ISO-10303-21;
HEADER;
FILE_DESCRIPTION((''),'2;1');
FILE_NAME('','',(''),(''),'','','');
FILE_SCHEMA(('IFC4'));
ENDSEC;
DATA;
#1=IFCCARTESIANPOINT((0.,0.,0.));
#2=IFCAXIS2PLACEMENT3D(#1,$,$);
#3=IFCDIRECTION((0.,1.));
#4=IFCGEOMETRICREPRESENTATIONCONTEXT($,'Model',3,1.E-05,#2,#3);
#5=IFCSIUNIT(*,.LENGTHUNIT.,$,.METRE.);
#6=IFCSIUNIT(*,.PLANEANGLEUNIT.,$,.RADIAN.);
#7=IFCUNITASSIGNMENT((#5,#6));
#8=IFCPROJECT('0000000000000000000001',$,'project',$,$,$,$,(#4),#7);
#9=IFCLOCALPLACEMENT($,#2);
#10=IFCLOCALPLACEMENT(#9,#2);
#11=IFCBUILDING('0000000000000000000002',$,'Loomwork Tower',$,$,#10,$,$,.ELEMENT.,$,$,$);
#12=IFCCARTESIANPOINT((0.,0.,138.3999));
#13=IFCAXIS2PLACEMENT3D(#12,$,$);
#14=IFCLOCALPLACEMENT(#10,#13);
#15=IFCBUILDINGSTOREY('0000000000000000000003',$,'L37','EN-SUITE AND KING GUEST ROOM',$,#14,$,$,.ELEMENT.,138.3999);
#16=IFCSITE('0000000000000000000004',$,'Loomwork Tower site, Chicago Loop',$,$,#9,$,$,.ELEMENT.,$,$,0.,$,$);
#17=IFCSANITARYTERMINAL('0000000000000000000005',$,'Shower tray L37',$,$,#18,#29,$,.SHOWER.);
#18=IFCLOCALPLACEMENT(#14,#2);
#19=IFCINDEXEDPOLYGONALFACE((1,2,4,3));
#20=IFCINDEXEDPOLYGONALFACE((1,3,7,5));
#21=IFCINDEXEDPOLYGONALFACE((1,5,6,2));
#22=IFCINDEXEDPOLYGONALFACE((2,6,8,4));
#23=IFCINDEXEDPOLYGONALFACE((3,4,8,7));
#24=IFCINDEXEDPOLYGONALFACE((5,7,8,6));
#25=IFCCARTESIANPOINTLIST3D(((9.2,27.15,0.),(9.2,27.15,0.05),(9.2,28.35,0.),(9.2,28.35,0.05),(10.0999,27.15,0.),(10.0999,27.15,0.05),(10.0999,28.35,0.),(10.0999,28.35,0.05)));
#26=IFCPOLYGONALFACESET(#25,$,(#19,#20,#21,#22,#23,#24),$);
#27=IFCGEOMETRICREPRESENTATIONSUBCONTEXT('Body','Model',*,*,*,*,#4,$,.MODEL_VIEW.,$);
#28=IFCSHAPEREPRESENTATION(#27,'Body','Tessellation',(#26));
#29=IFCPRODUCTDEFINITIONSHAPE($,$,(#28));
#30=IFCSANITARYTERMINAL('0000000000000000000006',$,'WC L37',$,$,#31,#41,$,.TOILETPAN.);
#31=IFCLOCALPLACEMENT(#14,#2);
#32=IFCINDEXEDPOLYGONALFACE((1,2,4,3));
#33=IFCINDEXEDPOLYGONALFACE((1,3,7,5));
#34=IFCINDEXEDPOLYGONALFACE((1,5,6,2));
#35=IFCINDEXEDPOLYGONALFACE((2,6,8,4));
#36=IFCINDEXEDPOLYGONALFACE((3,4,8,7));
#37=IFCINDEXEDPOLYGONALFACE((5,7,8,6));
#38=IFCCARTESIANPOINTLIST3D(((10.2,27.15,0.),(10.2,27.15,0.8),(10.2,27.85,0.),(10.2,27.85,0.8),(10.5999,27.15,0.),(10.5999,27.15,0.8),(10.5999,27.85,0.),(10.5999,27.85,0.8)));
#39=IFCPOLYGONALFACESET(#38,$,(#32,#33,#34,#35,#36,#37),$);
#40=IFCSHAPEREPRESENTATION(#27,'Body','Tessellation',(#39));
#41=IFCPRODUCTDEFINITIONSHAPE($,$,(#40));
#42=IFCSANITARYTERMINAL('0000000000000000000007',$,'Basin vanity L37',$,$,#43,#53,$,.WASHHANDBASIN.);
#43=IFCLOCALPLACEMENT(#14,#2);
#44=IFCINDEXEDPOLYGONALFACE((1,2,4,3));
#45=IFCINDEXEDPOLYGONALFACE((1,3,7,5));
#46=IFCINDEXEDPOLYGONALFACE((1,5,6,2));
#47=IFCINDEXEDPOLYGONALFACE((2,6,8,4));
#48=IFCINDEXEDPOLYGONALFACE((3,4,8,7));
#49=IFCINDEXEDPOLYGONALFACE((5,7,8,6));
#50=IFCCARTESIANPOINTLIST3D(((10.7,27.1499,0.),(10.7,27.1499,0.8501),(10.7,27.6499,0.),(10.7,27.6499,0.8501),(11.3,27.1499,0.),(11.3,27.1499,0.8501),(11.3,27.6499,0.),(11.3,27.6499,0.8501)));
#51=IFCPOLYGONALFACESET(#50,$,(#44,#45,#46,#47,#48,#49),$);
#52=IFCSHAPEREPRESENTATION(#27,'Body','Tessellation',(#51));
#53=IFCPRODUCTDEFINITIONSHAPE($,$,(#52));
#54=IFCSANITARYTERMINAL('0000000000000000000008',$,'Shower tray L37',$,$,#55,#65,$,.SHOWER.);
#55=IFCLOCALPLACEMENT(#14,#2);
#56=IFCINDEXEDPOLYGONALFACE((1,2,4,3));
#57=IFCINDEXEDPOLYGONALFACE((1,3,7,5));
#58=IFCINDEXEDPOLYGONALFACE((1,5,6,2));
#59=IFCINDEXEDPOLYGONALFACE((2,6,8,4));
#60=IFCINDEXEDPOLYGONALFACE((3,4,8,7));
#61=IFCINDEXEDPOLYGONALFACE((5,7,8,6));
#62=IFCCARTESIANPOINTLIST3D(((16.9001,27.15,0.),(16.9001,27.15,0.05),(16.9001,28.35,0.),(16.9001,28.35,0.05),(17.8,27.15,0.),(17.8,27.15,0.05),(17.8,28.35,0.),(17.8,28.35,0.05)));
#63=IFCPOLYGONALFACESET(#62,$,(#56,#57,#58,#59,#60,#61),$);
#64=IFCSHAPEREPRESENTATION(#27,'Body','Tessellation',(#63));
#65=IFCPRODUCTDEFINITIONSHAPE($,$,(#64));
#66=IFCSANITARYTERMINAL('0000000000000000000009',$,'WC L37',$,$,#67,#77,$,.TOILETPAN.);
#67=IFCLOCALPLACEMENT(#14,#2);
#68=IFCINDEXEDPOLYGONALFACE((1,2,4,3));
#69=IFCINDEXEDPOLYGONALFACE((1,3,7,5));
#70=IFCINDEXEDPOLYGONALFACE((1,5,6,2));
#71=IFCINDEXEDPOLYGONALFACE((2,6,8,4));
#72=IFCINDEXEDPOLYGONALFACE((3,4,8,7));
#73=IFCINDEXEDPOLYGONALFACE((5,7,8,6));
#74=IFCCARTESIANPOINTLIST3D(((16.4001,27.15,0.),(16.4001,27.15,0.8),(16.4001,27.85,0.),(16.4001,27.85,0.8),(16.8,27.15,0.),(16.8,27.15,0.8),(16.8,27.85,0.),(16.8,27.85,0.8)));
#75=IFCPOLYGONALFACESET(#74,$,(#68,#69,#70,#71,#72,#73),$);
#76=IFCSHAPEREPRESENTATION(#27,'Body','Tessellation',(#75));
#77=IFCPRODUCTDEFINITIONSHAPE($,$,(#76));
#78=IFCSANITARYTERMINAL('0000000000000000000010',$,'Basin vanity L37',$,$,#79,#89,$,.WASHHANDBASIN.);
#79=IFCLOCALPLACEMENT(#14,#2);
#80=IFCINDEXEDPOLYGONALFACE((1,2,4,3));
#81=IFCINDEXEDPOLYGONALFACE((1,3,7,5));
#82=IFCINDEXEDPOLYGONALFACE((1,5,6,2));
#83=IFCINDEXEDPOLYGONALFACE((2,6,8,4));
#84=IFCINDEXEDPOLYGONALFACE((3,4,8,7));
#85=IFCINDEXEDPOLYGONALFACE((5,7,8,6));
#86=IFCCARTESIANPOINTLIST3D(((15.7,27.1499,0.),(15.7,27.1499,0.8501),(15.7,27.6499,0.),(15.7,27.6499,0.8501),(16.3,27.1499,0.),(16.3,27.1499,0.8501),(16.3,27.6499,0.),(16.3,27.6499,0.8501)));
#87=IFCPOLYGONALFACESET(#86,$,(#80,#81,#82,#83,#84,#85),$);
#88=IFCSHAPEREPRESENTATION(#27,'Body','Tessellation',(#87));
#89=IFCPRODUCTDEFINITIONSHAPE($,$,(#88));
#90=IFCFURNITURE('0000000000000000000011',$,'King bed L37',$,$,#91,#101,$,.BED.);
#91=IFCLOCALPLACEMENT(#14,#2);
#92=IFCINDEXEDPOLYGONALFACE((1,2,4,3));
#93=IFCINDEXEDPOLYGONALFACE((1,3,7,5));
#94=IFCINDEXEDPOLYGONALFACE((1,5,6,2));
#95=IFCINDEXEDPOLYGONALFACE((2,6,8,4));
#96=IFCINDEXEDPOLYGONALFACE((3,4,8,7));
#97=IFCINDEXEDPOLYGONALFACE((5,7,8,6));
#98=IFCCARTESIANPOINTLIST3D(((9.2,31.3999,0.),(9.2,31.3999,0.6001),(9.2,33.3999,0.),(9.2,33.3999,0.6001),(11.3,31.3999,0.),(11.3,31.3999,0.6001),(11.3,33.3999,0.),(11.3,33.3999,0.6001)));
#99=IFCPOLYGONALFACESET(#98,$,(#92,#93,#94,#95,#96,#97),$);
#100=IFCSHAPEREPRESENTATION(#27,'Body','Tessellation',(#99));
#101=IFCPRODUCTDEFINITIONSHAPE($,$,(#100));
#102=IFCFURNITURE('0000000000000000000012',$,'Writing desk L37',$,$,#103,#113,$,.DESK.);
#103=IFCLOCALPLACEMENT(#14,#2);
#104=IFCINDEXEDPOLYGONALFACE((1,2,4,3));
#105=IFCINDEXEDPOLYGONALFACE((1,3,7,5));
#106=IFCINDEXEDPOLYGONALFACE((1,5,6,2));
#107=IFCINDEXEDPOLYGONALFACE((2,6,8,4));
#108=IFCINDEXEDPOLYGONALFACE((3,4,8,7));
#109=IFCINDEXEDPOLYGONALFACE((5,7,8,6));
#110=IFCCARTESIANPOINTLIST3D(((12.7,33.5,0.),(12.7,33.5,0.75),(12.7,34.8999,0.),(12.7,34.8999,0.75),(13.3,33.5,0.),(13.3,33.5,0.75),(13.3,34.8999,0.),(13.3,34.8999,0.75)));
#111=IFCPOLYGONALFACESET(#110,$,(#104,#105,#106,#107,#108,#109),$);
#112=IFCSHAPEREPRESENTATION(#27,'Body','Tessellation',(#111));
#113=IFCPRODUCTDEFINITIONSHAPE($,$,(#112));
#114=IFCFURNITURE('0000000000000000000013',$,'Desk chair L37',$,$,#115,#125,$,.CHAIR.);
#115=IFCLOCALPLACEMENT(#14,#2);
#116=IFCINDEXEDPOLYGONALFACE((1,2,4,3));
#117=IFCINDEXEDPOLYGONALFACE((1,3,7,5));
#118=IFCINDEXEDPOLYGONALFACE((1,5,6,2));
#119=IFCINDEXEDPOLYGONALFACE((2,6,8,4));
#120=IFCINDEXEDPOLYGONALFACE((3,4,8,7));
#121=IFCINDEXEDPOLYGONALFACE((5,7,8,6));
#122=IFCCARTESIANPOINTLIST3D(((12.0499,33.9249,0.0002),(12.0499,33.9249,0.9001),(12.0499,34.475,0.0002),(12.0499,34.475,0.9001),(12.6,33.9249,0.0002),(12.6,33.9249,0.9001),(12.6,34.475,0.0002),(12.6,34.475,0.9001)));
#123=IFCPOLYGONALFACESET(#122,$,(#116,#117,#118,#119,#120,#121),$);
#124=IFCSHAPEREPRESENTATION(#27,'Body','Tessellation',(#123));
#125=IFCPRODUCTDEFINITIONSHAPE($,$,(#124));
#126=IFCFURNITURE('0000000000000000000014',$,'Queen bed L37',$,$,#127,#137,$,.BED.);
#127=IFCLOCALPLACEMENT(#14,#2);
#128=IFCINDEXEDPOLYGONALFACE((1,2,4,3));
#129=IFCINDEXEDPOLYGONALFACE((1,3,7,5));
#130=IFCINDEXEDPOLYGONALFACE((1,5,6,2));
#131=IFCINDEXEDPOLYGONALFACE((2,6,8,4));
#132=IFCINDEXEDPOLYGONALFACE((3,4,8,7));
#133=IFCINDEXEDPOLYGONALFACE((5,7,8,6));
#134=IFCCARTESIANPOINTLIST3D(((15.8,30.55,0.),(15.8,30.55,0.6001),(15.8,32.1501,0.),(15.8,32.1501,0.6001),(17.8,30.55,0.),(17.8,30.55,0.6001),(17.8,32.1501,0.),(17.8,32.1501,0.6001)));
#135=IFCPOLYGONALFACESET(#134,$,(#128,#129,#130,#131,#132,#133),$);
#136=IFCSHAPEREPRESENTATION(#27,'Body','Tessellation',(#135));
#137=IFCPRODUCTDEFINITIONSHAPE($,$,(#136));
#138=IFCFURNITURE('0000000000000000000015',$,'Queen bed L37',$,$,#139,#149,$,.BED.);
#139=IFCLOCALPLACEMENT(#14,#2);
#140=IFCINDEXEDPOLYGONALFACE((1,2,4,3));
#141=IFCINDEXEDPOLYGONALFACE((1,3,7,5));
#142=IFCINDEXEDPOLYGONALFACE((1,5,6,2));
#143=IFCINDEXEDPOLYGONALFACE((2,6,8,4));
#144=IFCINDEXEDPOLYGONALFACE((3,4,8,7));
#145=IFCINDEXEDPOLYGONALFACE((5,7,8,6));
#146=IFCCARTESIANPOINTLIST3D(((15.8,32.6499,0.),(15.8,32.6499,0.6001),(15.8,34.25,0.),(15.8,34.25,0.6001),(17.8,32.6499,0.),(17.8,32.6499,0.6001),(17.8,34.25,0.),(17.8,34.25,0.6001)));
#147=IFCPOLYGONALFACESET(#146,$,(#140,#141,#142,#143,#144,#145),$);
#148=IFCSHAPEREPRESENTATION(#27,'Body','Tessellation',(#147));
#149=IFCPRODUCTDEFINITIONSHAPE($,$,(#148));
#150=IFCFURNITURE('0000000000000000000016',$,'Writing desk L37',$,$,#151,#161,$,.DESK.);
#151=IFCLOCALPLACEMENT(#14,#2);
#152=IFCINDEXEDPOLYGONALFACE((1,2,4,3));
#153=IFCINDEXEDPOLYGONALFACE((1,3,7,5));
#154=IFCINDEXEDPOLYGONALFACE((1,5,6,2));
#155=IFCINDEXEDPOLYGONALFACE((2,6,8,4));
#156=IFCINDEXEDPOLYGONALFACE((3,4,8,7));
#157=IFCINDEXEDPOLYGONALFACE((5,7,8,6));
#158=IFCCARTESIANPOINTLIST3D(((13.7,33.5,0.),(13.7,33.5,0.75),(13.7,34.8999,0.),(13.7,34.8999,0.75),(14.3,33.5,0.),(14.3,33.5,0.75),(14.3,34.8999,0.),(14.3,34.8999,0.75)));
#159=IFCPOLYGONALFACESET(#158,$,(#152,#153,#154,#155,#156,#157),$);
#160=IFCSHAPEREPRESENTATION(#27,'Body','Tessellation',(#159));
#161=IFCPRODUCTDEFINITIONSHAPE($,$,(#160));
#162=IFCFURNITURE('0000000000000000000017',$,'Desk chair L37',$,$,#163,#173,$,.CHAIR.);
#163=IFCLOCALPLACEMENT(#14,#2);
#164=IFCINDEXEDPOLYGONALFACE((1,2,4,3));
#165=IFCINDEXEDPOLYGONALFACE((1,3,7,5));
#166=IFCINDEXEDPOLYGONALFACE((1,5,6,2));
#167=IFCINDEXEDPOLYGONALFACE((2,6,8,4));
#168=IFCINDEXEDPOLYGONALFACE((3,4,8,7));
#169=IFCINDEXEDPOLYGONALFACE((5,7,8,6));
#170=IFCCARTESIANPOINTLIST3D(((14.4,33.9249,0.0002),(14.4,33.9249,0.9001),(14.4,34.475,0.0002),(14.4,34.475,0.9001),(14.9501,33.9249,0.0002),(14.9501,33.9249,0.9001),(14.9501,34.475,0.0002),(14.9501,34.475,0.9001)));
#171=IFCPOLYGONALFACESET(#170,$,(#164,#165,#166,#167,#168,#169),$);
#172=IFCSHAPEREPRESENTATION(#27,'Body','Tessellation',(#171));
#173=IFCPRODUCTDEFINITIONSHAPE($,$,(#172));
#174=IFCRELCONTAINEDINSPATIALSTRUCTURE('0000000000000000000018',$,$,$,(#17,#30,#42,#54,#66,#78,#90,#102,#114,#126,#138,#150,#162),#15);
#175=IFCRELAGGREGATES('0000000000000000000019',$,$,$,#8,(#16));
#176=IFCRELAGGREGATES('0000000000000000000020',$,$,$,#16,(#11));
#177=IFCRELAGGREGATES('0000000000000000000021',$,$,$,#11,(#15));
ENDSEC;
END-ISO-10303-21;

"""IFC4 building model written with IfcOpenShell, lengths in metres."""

from ifc_helpers import new_model, si_unit, direction, frame, origin, origin_2d, place, context, subcontext, project, spatial, rectangle, extrude, element, save


model = new_model("IFC4")

# Units and contexts
model_context = context("Model", 3, precision=1e-05, world=origin(), true_north=direction((0.0, 1.0)))
body_context = subcontext(model_context, "Body", "Model", "MODEL_VIEW")
ifc_project = project(units=[si_unit("LENGTHUNIT", "METRE"), si_unit("PLANEANGLEUNIT", "RADIAN")], contexts=[model_context])

# Site, building, storey
site_placement = place(None, origin())
site = spatial("IfcSite", under=ifc_project, at=site_placement, Name="Loomwork Tower site, Chicago Loop", CompositionType="ELEMENT", RefElevation=0.0)
building_placement = place(site_placement, origin())
building = spatial("IfcBuilding", under=site, at=building_placement, Name="Loomwork Tower", CompositionType="ELEMENT")
storey_placement = place(building_placement, frame((0.0, 0.0, 138.3999)))
storey = spatial("IfcBuildingStorey", under=building, at=storey_placement, Name="L37", Description="EN-SUITE AND KING GUEST ROOM", CompositionType="ELEMENT", Elevation=138.3999)

# Sanitary terminals
sanitary_terminal_1_placement = place(storey_placement, frame((9.6499, 27.75, 0.0), z_axis=(0.0, 0.0, 1.0), x_axis=(1.0, 0.0, 0.0)))
element("IfcSanitaryTerminal", 1, at=sanitary_terminal_1_placement, inside=storey, Name="Shower tray L37", PredefinedType="SHOWER", context=body_context, shape_type="SweptSolid", body=[
    extrude(rectangle(XDim=0.8999, YDim=1.2, at=origin_2d()), origin(), (0.0, 0.0, 1.0), 0.05),
])
sanitary_terminal_2_placement = place(storey_placement, frame((10.3999, 27.5, 0.0), z_axis=(0.0, 0.0, 1.0), x_axis=(1.0, 0.0, 0.0)))
element("IfcSanitaryTerminal", 2, at=sanitary_terminal_2_placement, inside=storey, Name="WC L37", PredefinedType="TOILETPAN", context=body_context, shape_type="SweptSolid", body=[
    extrude(rectangle(XDim=0.3999, YDim=0.7, at=origin_2d()), origin(), (0.0, 0.0, 1.0), 0.8),
])
sanitary_terminal_3_placement = place(storey_placement, frame((11.0, 27.3999, 0.0), z_axis=(0.0, 0.0, 1.0), x_axis=(1.0, 0.0, 0.0)))
element("IfcSanitaryTerminal", 3, at=sanitary_terminal_3_placement, inside=storey, Name="Basin vanity L37", PredefinedType="WASHHANDBASIN", context=body_context, shape_type="SweptSolid", body=[
    extrude(rectangle(XDim=0.6001, YDim=0.5, at=origin_2d()), origin(), (0.0, 0.0, 1.0), 0.8501),
])
sanitary_terminal_4_placement = place(storey_placement, frame((17.3501, 27.75, 0.0), z_axis=(0.0, 0.0, 1.0), x_axis=(1.0, 0.0, 0.0)))
element("IfcSanitaryTerminal", 4, at=sanitary_terminal_4_placement, inside=storey, Name="Shower tray L37", PredefinedType="SHOWER", context=body_context, shape_type="SweptSolid", body=[
    extrude(rectangle(XDim=0.8999, YDim=1.2, at=origin_2d()), origin(), (0.0, 0.0, 1.0), 0.05),
])
sanitary_terminal_5_placement = place(storey_placement, frame((16.6001, 27.5, 0.0), z_axis=(0.0, 0.0, 1.0), x_axis=(1.0, 0.0, 0.0)))
element("IfcSanitaryTerminal", 5, at=sanitary_terminal_5_placement, inside=storey, Name="WC L37", PredefinedType="TOILETPAN", context=body_context, shape_type="SweptSolid", body=[
    extrude(rectangle(XDim=0.3999, YDim=0.7, at=origin_2d()), origin(), (0.0, 0.0, 1.0), 0.8),
])
sanitary_terminal_6_placement = place(storey_placement, frame((16.0, 27.3999, 0.0), z_axis=(0.0, 0.0, 1.0), x_axis=(1.0, 0.0, 0.0)))
element("IfcSanitaryTerminal", 6, at=sanitary_terminal_6_placement, inside=storey, Name="Basin vanity L37", PredefinedType="WASHHANDBASIN", context=body_context, shape_type="SweptSolid", body=[
    extrude(rectangle(XDim=0.6001, YDim=0.5, at=origin_2d()), origin(), (0.0, 0.0, 1.0), 0.8501),
])

# Furniture
furniture_1_placement = place(storey_placement, frame((10.25, 32.3999, 0.0), z_axis=(0.0, 0.0, 1.0), x_axis=(1.0, 0.0, 0.0)))
element("IfcFurniture", 7, at=furniture_1_placement, inside=storey, Name="King bed L37", PredefinedType="BED", context=body_context, shape_type="SweptSolid", body=[
    extrude(rectangle(XDim=2.1001, YDim=2.0, at=origin_2d()), origin(), (0.0, 0.0, 1.0), 0.6001),
])
furniture_2_placement = place(storey_placement, frame((13.0, 34.2, 0.0), z_axis=(0.0, 0.0, 1.0), x_axis=(1.0, 0.0, 0.0)))
element("IfcFurniture", 8, at=furniture_2_placement, inside=storey, Name="Writing desk L37", PredefinedType="DESK", context=body_context, shape_type="SweptSolid", body=[
    extrude(rectangle(XDim=0.6001, YDim=1.3999, at=origin_2d()), origin(), (0.0, 0.0, 1.0), 0.75),
])
furniture_3_placement = place(storey_placement, frame((12.325, 34.2, 0.0002), z_axis=(0.0, 0.0, 1.0), x_axis=(1.0, 0.0, 0.0)))
element("IfcFurniture", 9, at=furniture_3_placement, inside=storey, Name="Desk chair L37", PredefinedType="CHAIR", context=body_context, shape_type="SweptSolid", body=[
    extrude(rectangle(XDim=0.55, YDim=0.55, at=origin_2d()), origin(), (0.0, 0.0, 1.0), 0.8999),
])
for number, where, z_axis, x_axis, name in (
    (10, (16.8, 31.3501, 0.0), (0.0, 0.0, 1.0), (1.0, 0.0, 0.0), "Queen bed L37"),
    (11, (16.8, 33.45, 0.0), (0.0, 0.0, 1.0), (1.0, 0.0, 0.0), "Queen bed L37"),
):
    element("IfcFurniture", number, at=place(storey_placement, frame(where, z_axis=z_axis, x_axis=x_axis)), inside=storey, Name=name, PredefinedType="BED", context=body_context, shape_type="SweptSolid", body=[
        extrude(rectangle(XDim=2.0, YDim=1.6001, at=origin_2d()), origin(), (0.0, 0.0, 1.0), 0.6001),
    ])
furniture_4_placement = place(storey_placement, frame((14.0, 34.2, 0.0), z_axis=(0.0, 0.0, 1.0), x_axis=(1.0, 0.0, 0.0)))
element("IfcFurniture", 12, at=furniture_4_placement, inside=storey, Name="Writing desk L37", PredefinedType="DESK", context=body_context, shape_type="SweptSolid", body=[
    extrude(rectangle(XDim=0.6001, YDim=1.3999, at=origin_2d()), origin(), (0.0, 0.0, 1.0), 0.75),
])
furniture_5_placement = place(storey_placement, frame((14.675, 34.2, 0.0002), z_axis=(0.0, 0.0, 1.0), x_axis=(1.0, 0.0, 0.0)))
element("IfcFurniture", 13, at=furniture_5_placement, inside=storey, Name="Desk chair L37", PredefinedType="CHAIR", context=body_context, shape_type="SweptSolid", body=[
    extrude(rectangle(XDim=0.55, YDim=0.55, at=origin_2d()), origin(), (0.0, 0.0, 1.0), 0.8999),
])

save(model, "model.ifc")
